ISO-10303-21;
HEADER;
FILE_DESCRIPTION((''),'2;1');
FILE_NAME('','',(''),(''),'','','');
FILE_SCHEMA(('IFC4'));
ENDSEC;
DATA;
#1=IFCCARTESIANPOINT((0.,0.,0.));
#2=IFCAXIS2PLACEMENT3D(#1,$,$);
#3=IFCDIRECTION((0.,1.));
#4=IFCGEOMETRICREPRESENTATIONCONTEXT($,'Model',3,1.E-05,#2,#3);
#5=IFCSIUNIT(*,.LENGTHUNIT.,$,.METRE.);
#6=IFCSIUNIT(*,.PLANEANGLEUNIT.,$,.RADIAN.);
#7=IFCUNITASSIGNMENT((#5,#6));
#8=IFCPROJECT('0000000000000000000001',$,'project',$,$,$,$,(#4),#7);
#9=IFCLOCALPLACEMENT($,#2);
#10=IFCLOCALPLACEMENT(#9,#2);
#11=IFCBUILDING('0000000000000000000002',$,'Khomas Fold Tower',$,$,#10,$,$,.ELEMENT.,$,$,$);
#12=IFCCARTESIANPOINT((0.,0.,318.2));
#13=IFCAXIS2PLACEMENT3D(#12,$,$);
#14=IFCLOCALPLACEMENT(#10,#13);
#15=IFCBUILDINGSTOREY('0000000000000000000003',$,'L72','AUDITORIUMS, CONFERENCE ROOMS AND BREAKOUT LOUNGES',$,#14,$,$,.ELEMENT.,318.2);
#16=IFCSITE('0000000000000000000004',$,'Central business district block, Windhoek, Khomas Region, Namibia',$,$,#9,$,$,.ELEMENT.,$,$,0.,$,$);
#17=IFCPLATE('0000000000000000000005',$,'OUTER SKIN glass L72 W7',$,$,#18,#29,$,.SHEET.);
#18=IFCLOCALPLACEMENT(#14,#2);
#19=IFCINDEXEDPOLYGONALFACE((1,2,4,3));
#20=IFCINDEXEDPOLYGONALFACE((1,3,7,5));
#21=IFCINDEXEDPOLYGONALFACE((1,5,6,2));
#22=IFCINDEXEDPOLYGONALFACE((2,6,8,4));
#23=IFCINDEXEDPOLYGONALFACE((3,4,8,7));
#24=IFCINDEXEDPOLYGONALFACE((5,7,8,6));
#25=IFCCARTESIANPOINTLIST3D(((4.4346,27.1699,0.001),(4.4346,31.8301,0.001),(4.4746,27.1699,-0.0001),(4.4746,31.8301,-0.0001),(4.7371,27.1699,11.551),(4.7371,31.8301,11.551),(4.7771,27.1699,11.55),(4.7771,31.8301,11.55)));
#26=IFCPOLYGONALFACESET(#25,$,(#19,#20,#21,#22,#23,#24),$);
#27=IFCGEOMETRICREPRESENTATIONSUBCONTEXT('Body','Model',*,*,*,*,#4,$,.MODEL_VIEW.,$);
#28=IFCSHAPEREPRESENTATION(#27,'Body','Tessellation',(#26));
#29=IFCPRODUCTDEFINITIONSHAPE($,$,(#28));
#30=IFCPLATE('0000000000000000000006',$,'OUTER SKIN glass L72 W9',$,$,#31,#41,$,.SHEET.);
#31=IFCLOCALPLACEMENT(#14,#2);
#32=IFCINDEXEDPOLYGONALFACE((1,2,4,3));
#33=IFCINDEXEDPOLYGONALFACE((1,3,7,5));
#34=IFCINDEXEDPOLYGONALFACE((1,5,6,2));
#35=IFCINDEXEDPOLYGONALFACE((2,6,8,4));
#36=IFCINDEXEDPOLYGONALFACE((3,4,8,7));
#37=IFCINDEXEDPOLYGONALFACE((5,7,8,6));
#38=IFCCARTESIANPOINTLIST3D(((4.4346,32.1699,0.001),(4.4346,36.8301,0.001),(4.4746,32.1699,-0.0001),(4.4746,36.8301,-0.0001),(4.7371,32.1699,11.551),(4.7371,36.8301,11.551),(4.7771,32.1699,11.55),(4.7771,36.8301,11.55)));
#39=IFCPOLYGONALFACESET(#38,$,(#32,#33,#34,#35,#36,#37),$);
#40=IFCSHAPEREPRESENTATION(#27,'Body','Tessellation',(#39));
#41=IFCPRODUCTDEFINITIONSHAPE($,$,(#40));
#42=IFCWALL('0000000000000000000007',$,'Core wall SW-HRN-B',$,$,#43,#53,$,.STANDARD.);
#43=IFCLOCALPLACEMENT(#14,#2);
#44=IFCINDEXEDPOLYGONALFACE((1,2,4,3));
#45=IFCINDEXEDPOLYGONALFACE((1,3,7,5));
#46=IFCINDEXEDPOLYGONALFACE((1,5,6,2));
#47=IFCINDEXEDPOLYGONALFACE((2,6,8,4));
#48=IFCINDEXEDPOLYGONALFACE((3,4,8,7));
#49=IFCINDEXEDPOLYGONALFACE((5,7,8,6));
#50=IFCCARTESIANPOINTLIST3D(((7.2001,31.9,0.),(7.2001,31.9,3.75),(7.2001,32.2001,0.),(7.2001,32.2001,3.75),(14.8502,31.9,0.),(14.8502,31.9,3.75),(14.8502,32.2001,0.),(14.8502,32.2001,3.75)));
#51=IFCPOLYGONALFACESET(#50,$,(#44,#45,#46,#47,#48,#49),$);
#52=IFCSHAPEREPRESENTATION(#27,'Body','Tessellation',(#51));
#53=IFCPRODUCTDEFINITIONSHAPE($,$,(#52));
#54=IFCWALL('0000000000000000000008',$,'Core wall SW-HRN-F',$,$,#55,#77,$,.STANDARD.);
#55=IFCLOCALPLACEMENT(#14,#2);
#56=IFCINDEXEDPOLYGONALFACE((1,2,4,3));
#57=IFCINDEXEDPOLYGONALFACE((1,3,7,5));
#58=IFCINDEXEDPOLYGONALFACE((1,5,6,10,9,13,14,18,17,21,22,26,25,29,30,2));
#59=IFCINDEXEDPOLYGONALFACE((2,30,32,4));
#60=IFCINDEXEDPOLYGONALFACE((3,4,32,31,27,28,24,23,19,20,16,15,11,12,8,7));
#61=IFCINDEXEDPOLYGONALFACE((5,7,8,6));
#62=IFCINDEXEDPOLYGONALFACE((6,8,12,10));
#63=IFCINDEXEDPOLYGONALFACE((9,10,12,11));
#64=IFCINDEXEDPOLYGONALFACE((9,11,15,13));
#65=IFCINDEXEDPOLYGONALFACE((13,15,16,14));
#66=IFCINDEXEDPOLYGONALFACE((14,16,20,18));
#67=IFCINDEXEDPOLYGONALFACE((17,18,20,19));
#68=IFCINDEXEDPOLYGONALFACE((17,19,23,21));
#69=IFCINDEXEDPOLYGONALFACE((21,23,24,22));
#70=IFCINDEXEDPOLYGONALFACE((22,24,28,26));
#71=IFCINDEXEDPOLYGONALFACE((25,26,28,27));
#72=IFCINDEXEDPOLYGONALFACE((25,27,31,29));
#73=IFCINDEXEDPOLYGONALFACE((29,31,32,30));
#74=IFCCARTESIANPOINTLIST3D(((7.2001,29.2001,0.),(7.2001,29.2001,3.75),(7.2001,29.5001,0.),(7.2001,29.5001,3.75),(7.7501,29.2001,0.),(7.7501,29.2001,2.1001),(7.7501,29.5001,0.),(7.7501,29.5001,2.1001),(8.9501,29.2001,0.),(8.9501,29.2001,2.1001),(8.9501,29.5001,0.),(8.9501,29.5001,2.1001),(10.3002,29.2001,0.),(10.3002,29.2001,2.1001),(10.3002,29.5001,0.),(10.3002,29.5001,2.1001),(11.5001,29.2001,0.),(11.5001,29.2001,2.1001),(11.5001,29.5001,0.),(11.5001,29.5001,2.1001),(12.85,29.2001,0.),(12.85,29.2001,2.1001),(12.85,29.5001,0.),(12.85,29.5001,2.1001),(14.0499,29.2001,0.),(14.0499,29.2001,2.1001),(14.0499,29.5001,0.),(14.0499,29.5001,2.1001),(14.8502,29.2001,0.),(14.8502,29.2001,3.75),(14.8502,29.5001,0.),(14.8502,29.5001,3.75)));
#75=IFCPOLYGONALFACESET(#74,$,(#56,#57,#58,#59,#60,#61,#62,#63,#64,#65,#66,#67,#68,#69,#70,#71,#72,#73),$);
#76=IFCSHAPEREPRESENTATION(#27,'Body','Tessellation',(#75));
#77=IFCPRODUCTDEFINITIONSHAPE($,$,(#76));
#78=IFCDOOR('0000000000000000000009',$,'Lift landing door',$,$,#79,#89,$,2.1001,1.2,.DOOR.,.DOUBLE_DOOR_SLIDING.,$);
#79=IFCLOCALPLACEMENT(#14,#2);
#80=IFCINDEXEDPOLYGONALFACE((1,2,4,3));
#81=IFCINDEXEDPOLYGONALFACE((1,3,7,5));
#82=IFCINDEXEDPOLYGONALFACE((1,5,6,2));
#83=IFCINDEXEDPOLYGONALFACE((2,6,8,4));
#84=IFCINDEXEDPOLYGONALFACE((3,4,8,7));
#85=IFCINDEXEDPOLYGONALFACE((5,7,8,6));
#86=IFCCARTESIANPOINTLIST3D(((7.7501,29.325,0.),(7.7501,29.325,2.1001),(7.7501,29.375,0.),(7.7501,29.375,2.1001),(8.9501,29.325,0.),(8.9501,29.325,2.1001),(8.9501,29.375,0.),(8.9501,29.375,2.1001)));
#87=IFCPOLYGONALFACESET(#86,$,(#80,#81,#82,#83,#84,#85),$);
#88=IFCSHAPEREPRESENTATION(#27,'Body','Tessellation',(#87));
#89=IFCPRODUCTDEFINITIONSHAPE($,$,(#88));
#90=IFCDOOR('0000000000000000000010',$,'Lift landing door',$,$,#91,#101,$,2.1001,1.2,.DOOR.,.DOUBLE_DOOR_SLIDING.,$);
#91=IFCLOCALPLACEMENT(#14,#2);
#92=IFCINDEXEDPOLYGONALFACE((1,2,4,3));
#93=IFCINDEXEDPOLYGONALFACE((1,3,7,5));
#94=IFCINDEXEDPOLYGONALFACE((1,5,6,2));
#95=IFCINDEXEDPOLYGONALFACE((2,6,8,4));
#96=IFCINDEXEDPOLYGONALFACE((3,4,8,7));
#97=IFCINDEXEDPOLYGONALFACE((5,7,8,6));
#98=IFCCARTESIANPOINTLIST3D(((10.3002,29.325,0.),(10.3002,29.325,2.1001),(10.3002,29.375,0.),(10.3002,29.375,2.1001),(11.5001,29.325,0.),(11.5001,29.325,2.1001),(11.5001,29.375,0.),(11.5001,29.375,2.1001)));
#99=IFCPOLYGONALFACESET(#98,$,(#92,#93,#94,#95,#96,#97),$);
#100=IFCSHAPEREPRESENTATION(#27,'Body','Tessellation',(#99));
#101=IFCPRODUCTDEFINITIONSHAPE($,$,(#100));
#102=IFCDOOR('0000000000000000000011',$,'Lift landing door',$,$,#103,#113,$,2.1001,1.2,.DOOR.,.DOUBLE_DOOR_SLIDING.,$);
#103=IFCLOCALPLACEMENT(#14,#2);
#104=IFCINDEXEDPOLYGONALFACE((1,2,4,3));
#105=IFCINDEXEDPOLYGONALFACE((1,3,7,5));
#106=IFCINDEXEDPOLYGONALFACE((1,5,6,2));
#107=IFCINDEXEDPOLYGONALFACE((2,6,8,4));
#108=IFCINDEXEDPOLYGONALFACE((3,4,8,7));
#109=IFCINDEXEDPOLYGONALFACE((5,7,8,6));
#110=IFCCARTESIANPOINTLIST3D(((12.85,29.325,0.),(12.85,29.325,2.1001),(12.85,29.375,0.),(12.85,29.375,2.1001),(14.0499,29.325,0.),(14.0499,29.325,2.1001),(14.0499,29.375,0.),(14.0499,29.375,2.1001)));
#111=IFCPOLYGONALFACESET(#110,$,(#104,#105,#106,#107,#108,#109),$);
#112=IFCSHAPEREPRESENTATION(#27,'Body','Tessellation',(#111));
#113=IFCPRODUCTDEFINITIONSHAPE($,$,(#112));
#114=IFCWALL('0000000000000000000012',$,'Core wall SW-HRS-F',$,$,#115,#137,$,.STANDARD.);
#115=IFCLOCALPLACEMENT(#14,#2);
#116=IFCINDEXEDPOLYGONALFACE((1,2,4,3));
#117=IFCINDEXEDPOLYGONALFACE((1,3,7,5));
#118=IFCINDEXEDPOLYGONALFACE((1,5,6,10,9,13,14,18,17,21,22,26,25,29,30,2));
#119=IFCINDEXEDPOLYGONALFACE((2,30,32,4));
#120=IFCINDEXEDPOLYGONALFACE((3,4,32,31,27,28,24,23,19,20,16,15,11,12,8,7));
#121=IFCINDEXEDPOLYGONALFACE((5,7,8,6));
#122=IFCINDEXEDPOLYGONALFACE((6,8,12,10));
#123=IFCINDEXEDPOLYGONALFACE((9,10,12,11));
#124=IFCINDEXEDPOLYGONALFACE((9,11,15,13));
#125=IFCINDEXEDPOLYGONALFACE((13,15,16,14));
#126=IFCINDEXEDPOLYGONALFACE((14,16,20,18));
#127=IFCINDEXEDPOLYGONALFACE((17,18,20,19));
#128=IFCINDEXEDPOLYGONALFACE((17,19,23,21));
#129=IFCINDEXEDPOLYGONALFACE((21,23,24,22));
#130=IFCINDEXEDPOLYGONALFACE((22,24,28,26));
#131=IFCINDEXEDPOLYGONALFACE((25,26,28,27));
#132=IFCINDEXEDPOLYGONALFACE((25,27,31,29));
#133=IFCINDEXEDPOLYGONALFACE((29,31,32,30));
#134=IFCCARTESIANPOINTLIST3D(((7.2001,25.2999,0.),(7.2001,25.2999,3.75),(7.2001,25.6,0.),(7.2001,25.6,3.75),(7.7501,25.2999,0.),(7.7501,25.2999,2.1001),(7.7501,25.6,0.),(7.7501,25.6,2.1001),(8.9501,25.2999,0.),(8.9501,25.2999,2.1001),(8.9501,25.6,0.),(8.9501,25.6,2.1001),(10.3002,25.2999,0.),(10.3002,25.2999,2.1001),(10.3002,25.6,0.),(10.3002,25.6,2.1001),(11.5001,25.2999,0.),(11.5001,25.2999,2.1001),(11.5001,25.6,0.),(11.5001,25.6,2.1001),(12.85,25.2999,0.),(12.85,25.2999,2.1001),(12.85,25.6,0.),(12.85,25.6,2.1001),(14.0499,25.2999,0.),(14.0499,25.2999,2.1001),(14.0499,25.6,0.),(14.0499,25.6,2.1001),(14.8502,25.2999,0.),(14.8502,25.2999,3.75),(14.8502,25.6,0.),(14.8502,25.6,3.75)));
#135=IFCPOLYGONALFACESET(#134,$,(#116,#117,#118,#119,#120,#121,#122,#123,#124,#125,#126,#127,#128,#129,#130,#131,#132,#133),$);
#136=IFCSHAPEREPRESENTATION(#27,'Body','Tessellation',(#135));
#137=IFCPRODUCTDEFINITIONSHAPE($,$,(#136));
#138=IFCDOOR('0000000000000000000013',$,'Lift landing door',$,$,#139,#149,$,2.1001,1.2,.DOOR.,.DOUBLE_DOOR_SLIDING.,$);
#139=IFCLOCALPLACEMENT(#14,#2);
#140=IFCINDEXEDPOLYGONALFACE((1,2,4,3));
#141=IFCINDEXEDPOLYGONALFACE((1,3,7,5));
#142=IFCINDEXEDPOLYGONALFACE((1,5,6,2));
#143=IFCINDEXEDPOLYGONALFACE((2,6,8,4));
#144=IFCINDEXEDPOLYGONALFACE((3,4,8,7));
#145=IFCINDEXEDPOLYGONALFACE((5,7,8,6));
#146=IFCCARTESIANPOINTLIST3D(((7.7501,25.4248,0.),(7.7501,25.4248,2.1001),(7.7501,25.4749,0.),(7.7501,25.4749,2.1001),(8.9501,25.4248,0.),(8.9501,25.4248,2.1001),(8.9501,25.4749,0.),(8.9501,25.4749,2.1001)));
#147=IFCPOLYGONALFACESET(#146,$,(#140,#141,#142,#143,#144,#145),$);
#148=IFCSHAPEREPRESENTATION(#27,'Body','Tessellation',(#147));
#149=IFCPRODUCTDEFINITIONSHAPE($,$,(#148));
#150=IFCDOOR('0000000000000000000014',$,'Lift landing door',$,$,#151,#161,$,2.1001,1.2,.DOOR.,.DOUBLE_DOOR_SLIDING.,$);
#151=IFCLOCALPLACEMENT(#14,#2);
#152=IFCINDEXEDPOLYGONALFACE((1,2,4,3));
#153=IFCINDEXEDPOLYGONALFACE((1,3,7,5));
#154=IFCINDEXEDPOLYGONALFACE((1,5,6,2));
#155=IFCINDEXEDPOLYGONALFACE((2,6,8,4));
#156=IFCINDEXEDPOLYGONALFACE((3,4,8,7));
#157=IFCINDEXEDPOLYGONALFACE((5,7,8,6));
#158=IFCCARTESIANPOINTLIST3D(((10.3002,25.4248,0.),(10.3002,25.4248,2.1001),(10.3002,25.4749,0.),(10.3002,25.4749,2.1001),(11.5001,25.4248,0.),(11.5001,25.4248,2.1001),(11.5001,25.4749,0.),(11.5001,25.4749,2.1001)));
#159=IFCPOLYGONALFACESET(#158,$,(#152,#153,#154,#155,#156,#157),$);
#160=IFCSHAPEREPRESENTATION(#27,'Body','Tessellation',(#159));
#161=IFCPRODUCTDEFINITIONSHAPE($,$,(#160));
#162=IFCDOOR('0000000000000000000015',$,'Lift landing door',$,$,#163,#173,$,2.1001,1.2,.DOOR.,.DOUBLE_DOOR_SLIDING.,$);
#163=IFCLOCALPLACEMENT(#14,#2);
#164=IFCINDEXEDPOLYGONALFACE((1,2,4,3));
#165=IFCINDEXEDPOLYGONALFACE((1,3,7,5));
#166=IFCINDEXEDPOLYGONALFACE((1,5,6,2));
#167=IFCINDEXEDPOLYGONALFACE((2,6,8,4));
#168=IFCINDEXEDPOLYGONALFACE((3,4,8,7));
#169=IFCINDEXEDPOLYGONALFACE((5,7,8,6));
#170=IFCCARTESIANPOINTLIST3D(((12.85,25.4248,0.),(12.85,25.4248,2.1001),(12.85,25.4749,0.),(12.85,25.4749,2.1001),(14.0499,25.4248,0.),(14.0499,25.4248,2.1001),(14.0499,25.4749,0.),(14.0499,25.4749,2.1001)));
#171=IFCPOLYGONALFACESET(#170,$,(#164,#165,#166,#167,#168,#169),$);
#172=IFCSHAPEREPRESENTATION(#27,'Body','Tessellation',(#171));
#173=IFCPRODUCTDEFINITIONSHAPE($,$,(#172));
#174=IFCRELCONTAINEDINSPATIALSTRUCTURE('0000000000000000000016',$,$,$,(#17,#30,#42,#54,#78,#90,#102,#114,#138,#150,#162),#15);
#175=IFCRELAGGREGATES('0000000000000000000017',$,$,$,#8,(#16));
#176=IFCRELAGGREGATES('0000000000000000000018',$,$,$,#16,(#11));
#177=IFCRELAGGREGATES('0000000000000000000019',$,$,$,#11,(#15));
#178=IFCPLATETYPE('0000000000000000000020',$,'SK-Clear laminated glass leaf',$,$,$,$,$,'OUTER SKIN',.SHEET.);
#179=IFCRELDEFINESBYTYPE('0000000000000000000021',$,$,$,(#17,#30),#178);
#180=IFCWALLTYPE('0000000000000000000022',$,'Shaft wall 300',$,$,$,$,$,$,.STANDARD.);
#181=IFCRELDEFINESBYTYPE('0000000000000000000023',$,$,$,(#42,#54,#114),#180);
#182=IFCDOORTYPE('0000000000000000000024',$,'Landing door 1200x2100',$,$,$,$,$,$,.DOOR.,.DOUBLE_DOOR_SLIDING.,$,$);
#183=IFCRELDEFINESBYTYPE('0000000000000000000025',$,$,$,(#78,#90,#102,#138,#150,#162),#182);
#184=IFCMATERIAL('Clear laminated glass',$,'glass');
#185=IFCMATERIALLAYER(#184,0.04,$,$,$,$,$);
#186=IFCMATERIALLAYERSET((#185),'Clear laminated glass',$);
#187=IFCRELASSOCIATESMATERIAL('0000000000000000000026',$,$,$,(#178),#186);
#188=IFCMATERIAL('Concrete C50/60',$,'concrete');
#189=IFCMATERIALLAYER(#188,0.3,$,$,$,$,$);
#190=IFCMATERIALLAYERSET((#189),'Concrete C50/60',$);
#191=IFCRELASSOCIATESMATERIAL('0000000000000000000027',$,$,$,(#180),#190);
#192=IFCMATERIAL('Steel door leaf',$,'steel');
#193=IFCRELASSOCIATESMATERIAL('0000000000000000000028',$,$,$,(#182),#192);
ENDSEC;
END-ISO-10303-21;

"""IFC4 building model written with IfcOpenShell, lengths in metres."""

from ifc_helpers import new_model, si_unit, direction, frame, frame_2d, origin, place, context, subcontext, project, spatial, polyline, rectangle, outline, extrude, source, transform, mapped, material, layer, layer_set, type_object, element, fill, save


model = new_model("IFC4")

# Units and contexts
model_context = context("Model", 3, precision=1e-05, world=origin(), true_north=direction((0.0, 1.0)))
body_context = subcontext(model_context, "Body", "Model", "MODEL_VIEW")
ifc_project = project(units=[si_unit("LENGTHUNIT", "METRE"), si_unit("PLANEANGLEUNIT", "RADIAN")], contexts=[model_context])

# Site, building, storey
site_placement = place(None, origin())
site = spatial("IfcSite", under=ifc_project, at=site_placement, Name="Central business district block, Windhoek, Khomas Region, Namibia", CompositionType="ELEMENT", RefElevation=0.0)
building_placement = place(site_placement, origin())
building = spatial("IfcBuilding", under=site, at=building_placement, Name="Khomas Fold Tower", CompositionType="ELEMENT")
storey_placement = place(building_placement, frame((0.0, 0.0, 318.2)))
storey = spatial("IfcBuildingStorey", under=building, at=storey_placement, Name="L72", Description="AUDITORIUMS, CONFERENCE ROOMS AND BREAKOUT LOUNGES", CompositionType="ELEMENT", Elevation=318.2)

# Plates
ifc_material_1 = material(Name="Clear laminated glass", Category="glass")
ifc_layer_1 = layer(ifc_material_1, 0.04)
ifc_layer_set_1 = layer_set([ifc_layer_1], Name="Clear laminated glass")
plate_type = type_object("IfcPlateType", Name="SK-Clear laminated glass leaf", ElementType="OUTER SKIN", PredefinedType="SHEET", material=ifc_layer_set_1)
for number, where, z_axis, x_axis, name in (
    (1, (4.4346, 27.1699, 0.001), (-0.999657, 0.0, 0.026181), (0.0, 1.0, 0.0), "OUTER SKIN glass L72 W7"),
    (2, (4.4346, 32.1699, 0.001), (-0.999657, 0.0, 0.026181), (0.0, 1.0, 0.0), "OUTER SKIN glass L72 W9"),
):
    element("IfcPlate", number, at=place(storey_placement, frame(where, z_axis=z_axis, x_axis=x_axis)), inside=storey, type_object=plate_type, Name=name, PredefinedType="SHEET", context=body_context, shape_type="SweptSolid", body=[
        extrude(outline(polyline([(0.0, 0.0), (4.6602, 0.0), (4.6602, -11.554), (0.0, -11.554), (0.0, 0.0)])), origin(), (0.0, 0.0, -1.0), 0.04),
    ])

# Wall
ifc_material_2 = material(Name="Concrete C50/60", Category="concrete")
ifc_layer_2 = layer(ifc_material_2, 0.3)
ifc_layer_set_2 = layer_set([ifc_layer_2], Name="Concrete C50/60")
wall_type = type_object("IfcWallType", Name="Shaft wall 300", PredefinedType="STANDARD", material=ifc_layer_set_2)
shared_shape_1 = source(origin(), body_context, "Body", "SweptSolid", [
    extrude(rectangle(XDim=7.6501, YDim=0.3, at=frame_2d((3.8252, 0.0))), origin(), (0.0, 0.0, 1.0), 3.75),
])
wall_1_placement = place(storey_placement, frame((7.2, 32.05, 0.0), z_axis=(0.0, 0.0, 1.0), x_axis=(1.0, 0.0, 0.0)))
element("IfcWall", 3, at=wall_1_placement, inside=storey, type_object=wall_type, Name="Core wall SW-HRN-B", PredefinedType="STANDARD", context=body_context, shape_type="MappedRepresentation", body=[
    mapped(shared_shape_1, transform((0.0, 0.0, 0.0))),
])

# Walls, openings, doors
wall_2_placement = place(storey_placement, frame((7.2, 29.3501, 0.0), z_axis=(0.0, 0.0, 1.0), x_axis=(1.0, 0.0, 0.0)))
wall_2 = element("IfcWall", 4, at=wall_2_placement, inside=storey, type_object=wall_type, Name="Core wall SW-HRN-F", PredefinedType="STANDARD", context=body_context, shape_type="MappedRepresentation", body=[
    mapped(shared_shape_1, transform((0.0, 0.0, 0.0))),
])
shared_shape_2 = source(origin(), body_context, "Body", "SweptSolid", [
    extrude(rectangle(XDim=1.2, YDim=2.1001, at=frame_2d((0.6001, 1.05))), frame((0.0, 0.1599, 0.0), z_axis=(0.0, -1.0, 0.0), x_axis=(1.0, 0.0, 0.0)), (0.0, 0.0, 1.0), 0.3201),
])
opening_1_placement = place(wall_2_placement, frame((0.55, 0.0, 0.0)))
opening_1 = element("IfcOpeningElement", 5, at=opening_1_placement, cuts=wall_2, PredefinedType="OPENING", context=body_context, shape_type="MappedRepresentation", body=[
    mapped(shared_shape_2, transform((0.0, 0.0, 0.0))),
])
opening_2_placement = place(wall_2_placement, frame((3.1001, 0.0, 0.0)))
opening_2 = element("IfcOpeningElement", 6, at=opening_2_placement, cuts=wall_2, PredefinedType="OPENING", context=body_context, shape_type="MappedRepresentation", body=[
    mapped(shared_shape_2, transform((0.0, 0.0, 0.0))),
])
opening_3_placement = place(wall_2_placement, frame((5.6499, 0.0, 0.0)))
opening_3 = element("IfcOpeningElement", 7, at=opening_3_placement, cuts=wall_2, PredefinedType="OPENING", context=body_context, shape_type="MappedRepresentation", body=[
    mapped(shared_shape_2, transform((0.0, 0.0, 0.0))),
])
ifc_material_3 = material(Name="Steel door leaf", Category="steel")
door_type = type_object("IfcDoorType", Name="Landing door 1200x2100", OperationType="DOUBLE_DOOR_SLIDING", PredefinedType="DOOR", material=ifc_material_3)
shared_shape_3 = source(origin(), body_context, "Body", "SweptSolid", [
    extrude(rectangle(XDim=1.2, YDim=2.1001, at=frame_2d((0.6001, 1.05))), frame((0.0, 0.0249, 0.0), z_axis=(0.0, -1.0, 0.0), x_axis=(1.0, 0.0, 0.0)), (0.0, 0.0, 1.0), 0.05),
])
door_1_placement = place(opening_1_placement, origin())
door_1 = element("IfcDoor", 8, at=door_1_placement, inside=storey, type_object=door_type, Name="Lift landing door", OperationType="DOUBLE_DOOR_SLIDING", OverallHeight=2.1001, OverallWidth=1.2, PredefinedType="DOOR", context=body_context, shape_type="MappedRepresentation", body=[
    mapped(shared_shape_3, transform((0.0, 0.0, 0.0))),
])
fill(opening_1, door_1)
door_2_placement = place(opening_2_placement, origin())
door_2 = element("IfcDoor", 9, at=door_2_placement, inside=storey, type_object=door_type, Name="Lift landing door", OperationType="DOUBLE_DOOR_SLIDING", OverallHeight=2.1001, OverallWidth=1.2, PredefinedType="DOOR", context=body_context, shape_type="MappedRepresentation", body=[
    mapped(shared_shape_3, transform((0.0, 0.0, 0.0))),
])
fill(opening_2, door_2)
door_3_placement = place(opening_3_placement, origin())
door_3 = element("IfcDoor", 10, at=door_3_placement, inside=storey, type_object=door_type, Name="Lift landing door", OperationType="DOUBLE_DOOR_SLIDING", OverallHeight=2.1001, OverallWidth=1.2, PredefinedType="DOOR", context=body_context, shape_type="MappedRepresentation", body=[
    mapped(shared_shape_3, transform((0.0, 0.0, 0.0))),
])
fill(opening_3, door_3)
wall_3_placement = place(storey_placement, frame((7.2, 25.45, 0.0), z_axis=(0.0, 0.0, 1.0), x_axis=(1.0, 0.0, 0.0)))
wall_3 = element("IfcWall", 11, at=wall_3_placement, inside=storey, type_object=wall_type, Name="Core wall SW-HRS-F", PredefinedType="STANDARD", context=body_context, shape_type="MappedRepresentation", body=[
    mapped(shared_shape_1, transform((0.0, 0.0, 0.0))),
])
opening_4_placement = place(wall_3_placement, frame((0.55, 0.0, 0.0)))
opening_4 = element("IfcOpeningElement", 12, at=opening_4_placement, cuts=wall_3, PredefinedType="OPENING", context=body_context, shape_type="MappedRepresentation", body=[
    mapped(shared_shape_2, transform((0.0, 0.0, 0.0))),
])
opening_5_placement = place(wall_3_placement, frame((3.1001, 0.0, 0.0)))
opening_5 = element("IfcOpeningElement", 13, at=opening_5_placement, cuts=wall_3, PredefinedType="OPENING", context=body_context, shape_type="MappedRepresentation", body=[
    mapped(shared_shape_2, transform((0.0, 0.0, 0.0))),
])
opening_6_placement = place(wall_3_placement, frame((5.6499, 0.0, 0.0)))
opening_6 = element("IfcOpeningElement", 14, at=opening_6_placement, cuts=wall_3, PredefinedType="OPENING", context=body_context, shape_type="MappedRepresentation", body=[
    mapped(shared_shape_2, transform((0.0, 0.0, 0.0))),
])
door_4_placement = place(opening_4_placement, origin())
door_4 = element("IfcDoor", 15, at=door_4_placement, inside=storey, type_object=door_type, Name="Lift landing door", OperationType="DOUBLE_DOOR_SLIDING", OverallHeight=2.1001, OverallWidth=1.2, PredefinedType="DOOR", context=body_context, shape_type="MappedRepresentation", body=[
    mapped(shared_shape_3, transform((0.0, 0.0, 0.0))),
])
fill(opening_4, door_4)
door_5_placement = place(opening_5_placement, origin())
door_5 = element("IfcDoor", 16, at=door_5_placement, inside=storey, type_object=door_type, Name="Lift landing door", OperationType="DOUBLE_DOOR_SLIDING", OverallHeight=2.1001, OverallWidth=1.2, PredefinedType="DOOR", context=body_context, shape_type="MappedRepresentation", body=[
    mapped(shared_shape_3, transform((0.0, 0.0, 0.0))),
])
fill(opening_5, door_5)
door_6_placement = place(opening_6_placement, origin())
door_6 = element("IfcDoor", 17, at=door_6_placement, inside=storey, type_object=door_type, Name="Lift landing door", OperationType="DOUBLE_DOOR_SLIDING", OverallHeight=2.1001, OverallWidth=1.2, PredefinedType="DOOR", context=body_context, shape_type="MappedRepresentation", body=[
    mapped(shared_shape_3, transform((0.0, 0.0, 0.0))),
])
fill(opening_6, door_6)

save(model, "model.ifc")
